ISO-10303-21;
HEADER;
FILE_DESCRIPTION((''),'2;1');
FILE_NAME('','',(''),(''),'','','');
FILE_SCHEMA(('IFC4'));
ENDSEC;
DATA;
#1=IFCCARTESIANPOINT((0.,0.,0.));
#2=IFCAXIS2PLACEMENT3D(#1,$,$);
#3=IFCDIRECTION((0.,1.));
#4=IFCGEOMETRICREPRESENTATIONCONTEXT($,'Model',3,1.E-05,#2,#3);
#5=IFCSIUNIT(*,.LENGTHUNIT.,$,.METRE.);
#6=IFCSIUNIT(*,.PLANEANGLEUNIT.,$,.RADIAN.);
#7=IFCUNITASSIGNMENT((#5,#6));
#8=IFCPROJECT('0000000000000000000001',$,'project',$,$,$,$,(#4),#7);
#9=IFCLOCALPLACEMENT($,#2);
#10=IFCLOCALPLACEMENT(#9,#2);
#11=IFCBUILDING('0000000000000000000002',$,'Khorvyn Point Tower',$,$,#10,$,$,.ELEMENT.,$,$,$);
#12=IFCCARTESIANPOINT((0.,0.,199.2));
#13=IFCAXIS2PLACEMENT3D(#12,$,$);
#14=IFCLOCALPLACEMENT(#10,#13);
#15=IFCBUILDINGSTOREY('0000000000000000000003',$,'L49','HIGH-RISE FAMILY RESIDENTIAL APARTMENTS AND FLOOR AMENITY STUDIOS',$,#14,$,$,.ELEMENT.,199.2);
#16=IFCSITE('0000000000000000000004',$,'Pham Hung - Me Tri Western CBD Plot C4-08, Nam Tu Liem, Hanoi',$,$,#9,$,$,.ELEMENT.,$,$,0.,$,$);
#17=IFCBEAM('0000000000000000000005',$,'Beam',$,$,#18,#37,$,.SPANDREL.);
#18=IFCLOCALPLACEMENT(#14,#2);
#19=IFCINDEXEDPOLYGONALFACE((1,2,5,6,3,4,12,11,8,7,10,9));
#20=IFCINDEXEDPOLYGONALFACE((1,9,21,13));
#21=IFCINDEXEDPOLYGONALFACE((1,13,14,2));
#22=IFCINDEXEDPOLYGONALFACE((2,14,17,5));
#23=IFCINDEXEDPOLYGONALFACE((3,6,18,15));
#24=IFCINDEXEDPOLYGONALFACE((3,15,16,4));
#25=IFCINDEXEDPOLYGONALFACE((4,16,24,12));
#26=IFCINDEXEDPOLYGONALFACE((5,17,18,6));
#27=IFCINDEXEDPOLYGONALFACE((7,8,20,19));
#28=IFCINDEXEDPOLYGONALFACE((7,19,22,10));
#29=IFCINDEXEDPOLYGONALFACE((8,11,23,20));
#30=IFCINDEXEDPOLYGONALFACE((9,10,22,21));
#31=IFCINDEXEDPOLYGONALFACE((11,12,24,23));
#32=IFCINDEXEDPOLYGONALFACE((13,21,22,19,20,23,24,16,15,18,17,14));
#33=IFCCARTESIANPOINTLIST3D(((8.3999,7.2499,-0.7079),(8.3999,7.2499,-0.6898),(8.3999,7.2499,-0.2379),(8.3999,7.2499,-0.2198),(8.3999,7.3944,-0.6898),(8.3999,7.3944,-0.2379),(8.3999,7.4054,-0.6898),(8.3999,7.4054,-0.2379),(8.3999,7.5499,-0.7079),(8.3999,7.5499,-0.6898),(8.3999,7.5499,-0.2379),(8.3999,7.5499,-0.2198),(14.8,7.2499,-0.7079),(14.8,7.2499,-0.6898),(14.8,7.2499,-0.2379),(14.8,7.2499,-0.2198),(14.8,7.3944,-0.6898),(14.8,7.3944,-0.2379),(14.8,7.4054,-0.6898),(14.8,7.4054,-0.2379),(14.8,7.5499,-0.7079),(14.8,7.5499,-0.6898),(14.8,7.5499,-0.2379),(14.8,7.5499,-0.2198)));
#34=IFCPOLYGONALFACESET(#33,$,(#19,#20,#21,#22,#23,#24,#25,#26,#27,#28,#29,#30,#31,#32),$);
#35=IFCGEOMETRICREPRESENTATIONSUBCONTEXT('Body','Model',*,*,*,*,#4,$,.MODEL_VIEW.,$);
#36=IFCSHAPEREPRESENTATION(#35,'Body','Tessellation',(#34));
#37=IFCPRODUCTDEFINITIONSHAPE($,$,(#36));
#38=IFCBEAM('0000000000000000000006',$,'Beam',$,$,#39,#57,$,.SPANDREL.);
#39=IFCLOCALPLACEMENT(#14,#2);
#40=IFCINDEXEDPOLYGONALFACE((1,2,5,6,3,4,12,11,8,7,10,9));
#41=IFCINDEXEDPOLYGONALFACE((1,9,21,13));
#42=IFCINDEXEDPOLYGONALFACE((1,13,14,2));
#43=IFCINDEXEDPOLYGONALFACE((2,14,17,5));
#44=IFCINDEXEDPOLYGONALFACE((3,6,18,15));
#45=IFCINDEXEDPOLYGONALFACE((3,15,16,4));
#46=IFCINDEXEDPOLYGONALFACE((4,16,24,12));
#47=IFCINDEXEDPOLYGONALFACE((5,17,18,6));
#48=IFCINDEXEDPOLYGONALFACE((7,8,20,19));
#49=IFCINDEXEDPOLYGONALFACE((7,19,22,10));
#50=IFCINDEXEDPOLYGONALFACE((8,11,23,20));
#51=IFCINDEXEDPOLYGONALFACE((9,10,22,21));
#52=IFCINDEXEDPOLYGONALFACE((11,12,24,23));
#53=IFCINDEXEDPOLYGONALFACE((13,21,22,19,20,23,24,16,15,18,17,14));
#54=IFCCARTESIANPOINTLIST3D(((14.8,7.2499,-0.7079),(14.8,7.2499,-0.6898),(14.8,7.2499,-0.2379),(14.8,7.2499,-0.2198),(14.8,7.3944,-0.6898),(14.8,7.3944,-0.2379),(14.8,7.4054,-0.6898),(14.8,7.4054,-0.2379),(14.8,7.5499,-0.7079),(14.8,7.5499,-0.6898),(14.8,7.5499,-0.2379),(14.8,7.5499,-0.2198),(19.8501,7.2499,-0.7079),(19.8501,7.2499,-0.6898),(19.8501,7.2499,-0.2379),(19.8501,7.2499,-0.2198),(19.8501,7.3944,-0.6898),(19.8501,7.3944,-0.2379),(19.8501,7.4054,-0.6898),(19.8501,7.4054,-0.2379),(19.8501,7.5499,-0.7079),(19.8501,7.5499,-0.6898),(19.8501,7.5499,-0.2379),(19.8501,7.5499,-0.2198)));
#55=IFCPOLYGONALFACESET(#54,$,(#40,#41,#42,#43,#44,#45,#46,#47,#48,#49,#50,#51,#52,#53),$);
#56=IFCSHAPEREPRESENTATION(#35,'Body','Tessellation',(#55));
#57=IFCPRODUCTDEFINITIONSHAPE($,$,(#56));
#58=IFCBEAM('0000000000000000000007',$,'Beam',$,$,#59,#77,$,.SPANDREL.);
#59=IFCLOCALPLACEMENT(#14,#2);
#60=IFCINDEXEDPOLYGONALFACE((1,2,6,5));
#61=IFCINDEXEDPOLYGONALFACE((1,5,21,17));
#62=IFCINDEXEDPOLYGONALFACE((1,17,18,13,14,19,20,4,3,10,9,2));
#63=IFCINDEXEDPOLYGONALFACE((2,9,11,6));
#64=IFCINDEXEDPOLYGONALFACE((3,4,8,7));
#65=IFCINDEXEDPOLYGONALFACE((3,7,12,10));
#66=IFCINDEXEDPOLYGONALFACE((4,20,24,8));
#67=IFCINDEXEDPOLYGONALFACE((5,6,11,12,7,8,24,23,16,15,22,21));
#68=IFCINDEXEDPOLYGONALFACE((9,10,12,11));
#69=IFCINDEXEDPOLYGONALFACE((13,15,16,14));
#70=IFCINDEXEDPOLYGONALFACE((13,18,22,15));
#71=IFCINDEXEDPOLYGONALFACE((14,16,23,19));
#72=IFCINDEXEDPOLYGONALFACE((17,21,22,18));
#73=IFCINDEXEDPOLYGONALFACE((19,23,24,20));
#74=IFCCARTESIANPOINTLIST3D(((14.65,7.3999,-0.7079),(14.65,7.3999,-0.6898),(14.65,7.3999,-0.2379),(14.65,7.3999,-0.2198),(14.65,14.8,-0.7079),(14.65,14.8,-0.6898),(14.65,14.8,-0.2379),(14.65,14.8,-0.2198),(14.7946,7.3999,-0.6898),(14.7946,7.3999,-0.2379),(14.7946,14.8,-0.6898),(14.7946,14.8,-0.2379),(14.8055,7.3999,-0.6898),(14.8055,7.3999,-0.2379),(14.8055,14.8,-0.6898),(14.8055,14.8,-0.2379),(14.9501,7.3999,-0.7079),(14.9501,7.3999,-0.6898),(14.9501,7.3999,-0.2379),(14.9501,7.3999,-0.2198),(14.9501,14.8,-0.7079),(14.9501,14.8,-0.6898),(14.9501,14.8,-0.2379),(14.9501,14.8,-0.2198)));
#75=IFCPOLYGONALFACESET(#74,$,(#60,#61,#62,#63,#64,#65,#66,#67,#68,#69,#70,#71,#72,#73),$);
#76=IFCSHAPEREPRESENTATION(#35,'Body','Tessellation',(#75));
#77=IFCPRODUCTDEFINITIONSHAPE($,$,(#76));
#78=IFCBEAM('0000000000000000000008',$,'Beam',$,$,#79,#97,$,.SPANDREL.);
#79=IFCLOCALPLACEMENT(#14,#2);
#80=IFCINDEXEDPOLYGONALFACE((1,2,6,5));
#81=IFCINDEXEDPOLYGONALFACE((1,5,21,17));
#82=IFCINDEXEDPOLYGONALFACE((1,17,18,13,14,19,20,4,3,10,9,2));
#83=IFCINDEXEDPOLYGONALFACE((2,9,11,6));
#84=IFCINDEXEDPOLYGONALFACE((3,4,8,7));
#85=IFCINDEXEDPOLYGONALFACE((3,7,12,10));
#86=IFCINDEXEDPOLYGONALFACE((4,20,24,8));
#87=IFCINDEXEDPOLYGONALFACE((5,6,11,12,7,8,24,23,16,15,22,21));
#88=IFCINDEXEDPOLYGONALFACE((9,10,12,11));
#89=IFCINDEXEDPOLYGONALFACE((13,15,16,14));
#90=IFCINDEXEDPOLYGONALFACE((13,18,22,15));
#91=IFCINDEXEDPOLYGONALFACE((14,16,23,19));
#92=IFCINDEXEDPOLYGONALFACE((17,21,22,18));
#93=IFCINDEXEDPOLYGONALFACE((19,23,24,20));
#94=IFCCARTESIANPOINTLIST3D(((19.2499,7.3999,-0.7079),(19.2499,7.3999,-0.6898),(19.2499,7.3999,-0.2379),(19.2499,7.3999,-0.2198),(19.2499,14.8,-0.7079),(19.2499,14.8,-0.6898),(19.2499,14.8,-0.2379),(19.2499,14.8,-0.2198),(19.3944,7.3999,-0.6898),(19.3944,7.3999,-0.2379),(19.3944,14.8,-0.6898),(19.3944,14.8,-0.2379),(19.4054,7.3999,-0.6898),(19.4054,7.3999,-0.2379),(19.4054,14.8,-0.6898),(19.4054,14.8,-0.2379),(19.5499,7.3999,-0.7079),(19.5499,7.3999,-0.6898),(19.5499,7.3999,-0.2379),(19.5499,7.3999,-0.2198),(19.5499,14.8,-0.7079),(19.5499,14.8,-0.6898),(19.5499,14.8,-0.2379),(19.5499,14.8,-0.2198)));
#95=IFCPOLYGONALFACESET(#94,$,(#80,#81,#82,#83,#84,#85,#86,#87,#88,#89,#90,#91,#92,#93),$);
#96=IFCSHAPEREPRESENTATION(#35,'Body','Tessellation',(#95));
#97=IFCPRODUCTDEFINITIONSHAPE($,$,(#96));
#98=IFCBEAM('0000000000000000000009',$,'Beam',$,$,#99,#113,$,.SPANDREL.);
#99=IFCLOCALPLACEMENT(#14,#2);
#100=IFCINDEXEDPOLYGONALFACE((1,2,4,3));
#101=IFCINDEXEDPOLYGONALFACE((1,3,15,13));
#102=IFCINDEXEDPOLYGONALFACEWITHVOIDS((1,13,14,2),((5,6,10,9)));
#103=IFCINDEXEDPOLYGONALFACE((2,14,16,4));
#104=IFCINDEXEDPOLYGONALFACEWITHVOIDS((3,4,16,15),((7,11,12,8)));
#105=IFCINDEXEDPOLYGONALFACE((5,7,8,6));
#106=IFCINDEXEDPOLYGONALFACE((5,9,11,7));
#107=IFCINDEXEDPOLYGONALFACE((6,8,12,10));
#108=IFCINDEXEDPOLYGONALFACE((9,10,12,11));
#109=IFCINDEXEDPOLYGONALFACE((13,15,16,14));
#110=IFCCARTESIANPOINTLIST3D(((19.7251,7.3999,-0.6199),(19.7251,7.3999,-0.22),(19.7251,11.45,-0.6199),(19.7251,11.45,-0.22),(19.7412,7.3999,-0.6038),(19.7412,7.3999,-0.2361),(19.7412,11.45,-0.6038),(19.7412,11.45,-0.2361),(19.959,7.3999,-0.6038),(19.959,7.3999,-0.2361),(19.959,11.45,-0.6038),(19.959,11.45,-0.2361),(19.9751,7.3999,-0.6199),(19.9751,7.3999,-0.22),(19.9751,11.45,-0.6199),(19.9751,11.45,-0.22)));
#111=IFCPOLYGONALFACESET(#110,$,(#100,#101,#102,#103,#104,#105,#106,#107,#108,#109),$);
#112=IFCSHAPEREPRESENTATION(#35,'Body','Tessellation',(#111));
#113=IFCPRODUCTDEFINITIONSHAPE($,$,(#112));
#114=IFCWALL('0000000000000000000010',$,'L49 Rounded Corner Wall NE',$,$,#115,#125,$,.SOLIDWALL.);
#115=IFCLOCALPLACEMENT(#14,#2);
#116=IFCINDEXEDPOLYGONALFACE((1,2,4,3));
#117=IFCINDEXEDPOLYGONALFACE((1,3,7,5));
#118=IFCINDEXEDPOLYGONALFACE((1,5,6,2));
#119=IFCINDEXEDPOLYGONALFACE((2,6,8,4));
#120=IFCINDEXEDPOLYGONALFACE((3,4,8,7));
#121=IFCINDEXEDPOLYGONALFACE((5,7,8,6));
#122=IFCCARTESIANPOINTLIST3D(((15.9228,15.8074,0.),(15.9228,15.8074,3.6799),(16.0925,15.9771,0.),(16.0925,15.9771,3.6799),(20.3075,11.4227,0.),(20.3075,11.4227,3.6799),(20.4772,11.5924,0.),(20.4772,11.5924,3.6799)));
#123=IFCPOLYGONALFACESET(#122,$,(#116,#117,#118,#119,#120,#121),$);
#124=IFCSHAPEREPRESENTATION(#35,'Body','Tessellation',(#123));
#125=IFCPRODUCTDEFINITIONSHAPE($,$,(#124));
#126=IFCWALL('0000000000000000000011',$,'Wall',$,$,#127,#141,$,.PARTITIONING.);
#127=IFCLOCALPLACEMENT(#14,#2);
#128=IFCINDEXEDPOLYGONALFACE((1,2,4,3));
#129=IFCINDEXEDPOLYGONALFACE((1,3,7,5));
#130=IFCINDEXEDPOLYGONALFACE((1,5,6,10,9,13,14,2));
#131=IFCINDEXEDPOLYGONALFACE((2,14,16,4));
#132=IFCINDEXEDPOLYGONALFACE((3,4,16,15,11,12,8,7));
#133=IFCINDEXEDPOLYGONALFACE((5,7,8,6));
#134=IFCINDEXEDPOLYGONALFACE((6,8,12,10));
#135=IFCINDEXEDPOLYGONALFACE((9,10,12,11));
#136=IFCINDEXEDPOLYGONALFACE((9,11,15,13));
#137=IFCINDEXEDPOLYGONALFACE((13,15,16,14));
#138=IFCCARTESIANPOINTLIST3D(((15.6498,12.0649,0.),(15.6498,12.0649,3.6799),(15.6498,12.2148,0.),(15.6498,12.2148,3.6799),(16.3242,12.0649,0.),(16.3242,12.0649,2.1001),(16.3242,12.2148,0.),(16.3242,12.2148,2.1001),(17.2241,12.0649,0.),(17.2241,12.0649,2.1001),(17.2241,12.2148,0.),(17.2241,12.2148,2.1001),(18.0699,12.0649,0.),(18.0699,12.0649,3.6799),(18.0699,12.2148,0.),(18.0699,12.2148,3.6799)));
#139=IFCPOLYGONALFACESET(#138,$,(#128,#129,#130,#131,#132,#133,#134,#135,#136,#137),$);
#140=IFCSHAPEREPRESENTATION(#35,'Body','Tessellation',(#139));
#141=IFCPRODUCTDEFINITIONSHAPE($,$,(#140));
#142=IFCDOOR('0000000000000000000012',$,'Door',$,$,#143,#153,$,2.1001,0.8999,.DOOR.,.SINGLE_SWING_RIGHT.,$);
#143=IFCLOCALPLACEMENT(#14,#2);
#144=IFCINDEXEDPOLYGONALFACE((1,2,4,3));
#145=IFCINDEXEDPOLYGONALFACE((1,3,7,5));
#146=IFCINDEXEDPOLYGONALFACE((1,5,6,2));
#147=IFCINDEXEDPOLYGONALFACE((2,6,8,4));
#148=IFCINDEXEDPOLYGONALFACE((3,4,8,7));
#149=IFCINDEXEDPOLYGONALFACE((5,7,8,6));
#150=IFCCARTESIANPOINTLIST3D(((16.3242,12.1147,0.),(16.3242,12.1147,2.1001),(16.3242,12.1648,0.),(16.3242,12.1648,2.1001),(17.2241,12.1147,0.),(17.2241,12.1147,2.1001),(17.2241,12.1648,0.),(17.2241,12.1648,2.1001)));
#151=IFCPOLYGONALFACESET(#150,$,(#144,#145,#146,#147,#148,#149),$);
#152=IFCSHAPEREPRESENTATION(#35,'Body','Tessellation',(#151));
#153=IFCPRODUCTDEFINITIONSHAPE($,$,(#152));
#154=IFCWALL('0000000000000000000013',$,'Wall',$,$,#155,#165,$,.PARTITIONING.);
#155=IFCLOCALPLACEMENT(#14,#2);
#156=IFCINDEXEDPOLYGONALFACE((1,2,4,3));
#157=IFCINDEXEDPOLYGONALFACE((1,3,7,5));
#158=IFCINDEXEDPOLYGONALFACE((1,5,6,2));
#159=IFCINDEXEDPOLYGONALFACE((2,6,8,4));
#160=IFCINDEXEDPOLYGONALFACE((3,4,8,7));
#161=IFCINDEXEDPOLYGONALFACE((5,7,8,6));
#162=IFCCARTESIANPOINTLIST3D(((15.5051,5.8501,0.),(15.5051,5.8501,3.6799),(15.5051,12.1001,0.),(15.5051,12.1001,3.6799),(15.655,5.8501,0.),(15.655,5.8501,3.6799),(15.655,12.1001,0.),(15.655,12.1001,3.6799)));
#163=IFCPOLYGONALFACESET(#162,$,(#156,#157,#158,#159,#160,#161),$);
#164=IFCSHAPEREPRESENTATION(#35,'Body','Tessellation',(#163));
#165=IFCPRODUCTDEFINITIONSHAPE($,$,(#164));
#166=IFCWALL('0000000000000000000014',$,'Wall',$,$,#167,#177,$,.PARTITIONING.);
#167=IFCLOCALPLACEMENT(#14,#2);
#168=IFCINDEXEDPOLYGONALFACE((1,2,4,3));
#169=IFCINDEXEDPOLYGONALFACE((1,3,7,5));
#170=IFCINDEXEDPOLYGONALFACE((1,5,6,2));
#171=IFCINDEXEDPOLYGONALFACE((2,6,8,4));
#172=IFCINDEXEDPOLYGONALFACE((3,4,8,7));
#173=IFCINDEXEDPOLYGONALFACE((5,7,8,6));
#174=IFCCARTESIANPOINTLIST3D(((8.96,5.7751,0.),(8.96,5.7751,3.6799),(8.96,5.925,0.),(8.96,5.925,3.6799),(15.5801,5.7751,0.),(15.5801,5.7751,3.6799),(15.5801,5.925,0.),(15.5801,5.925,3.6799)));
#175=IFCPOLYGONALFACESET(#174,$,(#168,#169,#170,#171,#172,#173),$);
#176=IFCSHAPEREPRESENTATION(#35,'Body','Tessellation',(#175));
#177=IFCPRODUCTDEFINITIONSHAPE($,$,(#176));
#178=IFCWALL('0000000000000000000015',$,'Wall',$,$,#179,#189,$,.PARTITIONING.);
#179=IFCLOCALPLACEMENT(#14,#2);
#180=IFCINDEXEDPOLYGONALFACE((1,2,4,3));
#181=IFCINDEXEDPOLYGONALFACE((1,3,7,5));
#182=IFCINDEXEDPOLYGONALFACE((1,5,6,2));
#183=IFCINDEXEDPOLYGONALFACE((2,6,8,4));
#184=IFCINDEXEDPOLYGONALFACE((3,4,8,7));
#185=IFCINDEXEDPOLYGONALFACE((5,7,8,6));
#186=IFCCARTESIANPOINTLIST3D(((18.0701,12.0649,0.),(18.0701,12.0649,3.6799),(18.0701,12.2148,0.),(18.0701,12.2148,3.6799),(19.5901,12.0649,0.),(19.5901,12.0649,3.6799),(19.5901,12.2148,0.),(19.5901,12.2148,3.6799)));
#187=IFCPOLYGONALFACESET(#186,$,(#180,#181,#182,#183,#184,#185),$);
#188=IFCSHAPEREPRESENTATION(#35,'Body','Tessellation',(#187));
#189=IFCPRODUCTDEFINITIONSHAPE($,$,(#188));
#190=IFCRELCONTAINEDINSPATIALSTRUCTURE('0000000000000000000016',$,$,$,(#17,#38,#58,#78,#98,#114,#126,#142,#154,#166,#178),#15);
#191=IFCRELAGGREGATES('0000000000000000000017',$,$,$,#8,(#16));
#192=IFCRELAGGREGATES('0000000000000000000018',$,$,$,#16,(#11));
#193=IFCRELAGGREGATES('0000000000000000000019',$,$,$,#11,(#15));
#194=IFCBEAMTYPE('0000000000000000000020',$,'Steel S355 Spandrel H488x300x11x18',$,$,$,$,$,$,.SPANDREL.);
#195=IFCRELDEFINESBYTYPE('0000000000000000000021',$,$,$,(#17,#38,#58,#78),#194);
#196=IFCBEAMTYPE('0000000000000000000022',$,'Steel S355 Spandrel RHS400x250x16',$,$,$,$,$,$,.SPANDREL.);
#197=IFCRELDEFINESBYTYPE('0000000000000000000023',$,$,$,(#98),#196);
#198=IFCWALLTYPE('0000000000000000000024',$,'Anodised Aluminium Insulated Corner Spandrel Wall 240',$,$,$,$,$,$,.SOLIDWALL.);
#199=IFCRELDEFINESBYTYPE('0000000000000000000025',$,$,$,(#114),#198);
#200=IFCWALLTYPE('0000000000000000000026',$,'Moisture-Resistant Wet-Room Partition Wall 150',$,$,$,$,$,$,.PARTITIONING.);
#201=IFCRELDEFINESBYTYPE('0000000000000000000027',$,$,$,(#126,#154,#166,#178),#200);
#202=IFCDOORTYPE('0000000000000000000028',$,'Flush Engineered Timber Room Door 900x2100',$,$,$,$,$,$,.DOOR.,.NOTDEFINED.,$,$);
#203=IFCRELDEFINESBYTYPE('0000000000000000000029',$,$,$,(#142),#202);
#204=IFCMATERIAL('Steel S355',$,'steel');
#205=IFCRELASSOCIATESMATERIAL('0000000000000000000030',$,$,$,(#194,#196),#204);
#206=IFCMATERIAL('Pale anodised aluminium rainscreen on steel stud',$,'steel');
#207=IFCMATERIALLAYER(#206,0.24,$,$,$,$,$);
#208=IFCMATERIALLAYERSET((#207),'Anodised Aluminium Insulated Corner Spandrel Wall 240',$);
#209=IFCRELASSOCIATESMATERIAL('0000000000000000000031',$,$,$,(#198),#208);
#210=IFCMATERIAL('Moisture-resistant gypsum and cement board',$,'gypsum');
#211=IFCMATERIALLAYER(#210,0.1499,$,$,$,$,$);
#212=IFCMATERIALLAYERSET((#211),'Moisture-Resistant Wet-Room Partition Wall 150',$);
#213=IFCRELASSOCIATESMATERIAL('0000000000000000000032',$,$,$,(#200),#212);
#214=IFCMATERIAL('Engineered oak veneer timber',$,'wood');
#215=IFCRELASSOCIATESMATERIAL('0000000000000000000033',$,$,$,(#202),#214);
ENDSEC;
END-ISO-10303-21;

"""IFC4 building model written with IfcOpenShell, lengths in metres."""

from ifc_helpers import new_model, si_unit, direction, frame, frame_2d, origin, origin_2d, place, context, subcontext, project, spatial, rectangle, hollow_rectangle, i_section, extrude, material, layer, layer_set, material_profile, profile_set, type_object, element, fill, save


model = new_model("IFC4")

# Units and contexts
model_context = context("Model", 3, precision=1e-05, world=origin(), true_north=direction((0.0, 1.0)))
body_context = subcontext(model_context, "Body", "Model", "MODEL_VIEW")
ifc_project = project(units=[si_unit("LENGTHUNIT", "METRE"), si_unit("PLANEANGLEUNIT", "RADIAN")], contexts=[model_context])

# Site, building, storey
site_placement = place(None, origin())
site = spatial("IfcSite", under=ifc_project, at=site_placement, Name="Pham Hung - Me Tri Western CBD Plot C4-08, Nam Tu Liem, Hanoi", CompositionType="ELEMENT", RefElevation=0.0)
building_placement = place(site_placement, origin())
building = spatial("IfcBuilding", under=site, at=building_placement, Name="Khorvyn Point Tower", CompositionType="ELEMENT")
storey_placement = place(building_placement, frame((0.0, 0.0, 199.2)))
storey = spatial("IfcBuildingStorey", under=building, at=storey_placement, Name="L49", Description="HIGH-RISE FAMILY RESIDENTIAL APARTMENTS AND FLOOR AMENITY STUDIOS", CompositionType="ELEMENT", Elevation=199.2)

# Beams
ifc_material_1 = material(Name="Steel S355", Category="steel")
ifc_material_profile_1 = material_profile(ifc_material_1, i_section(OverallWidth=0.3, OverallDepth=0.488, WebThickness=0.011, FlangeThickness=0.0181, at=origin_2d()))
ifc_profile_set_1 = profile_set([ifc_material_profile_1], Name="Steel S355 H488x300x11x18")
beam_type_1 = type_object("IfcBeamType", Name="Steel S355 Spandrel H488x300x11x18", PredefinedType="SPANDREL", material=ifc_profile_set_1)
beam_1_placement = place(storey_placement, frame((8.3999, 7.3999, -0.4639), z_axis=(1.0, 0.0, 0.0), x_axis=(0.0, 1.0, 0.0)))
element("IfcBeam", 1, at=beam_1_placement, inside=storey, type_object=beam_type_1, Name="Beam", PredefinedType="SPANDREL", context=body_context, shape_type="SweptSolid", body=[
    extrude(i_section(OverallWidth=0.3, OverallDepth=0.488, WebThickness=0.011, FlangeThickness=0.0181, at=origin_2d()), origin(), (0.0, 0.0, 1.0), 6.4001),
])
beam_2_placement = place(storey_placement, frame((14.8, 7.3999, -0.4639), z_axis=(1.0, 0.0, 0.0), x_axis=(0.0, 1.0, 0.0)))
element("IfcBeam", 2, at=beam_2_placement, inside=storey, type_object=beam_type_1, Name="Beam", PredefinedType="SPANDREL", context=body_context, shape_type="SweptSolid", body=[
    extrude(i_section(OverallWidth=0.3, OverallDepth=0.488, WebThickness=0.011, FlangeThickness=0.0181, at=origin_2d()), origin(), (0.0, 0.0, 1.0), 5.05),
])
for number, where, z_axis, x_axis, name in (
    (3, (14.8, 7.3999, -0.4639), (0.0, 1.0, 0.0), (-1.0, 0.0, 0.0), "Beam"),
    (4, (19.3999, 7.3999, -0.4639), (0.0, 1.0, 0.0), (-1.0, 0.0, 0.0), "Beam"),
):
    element("IfcBeam", number, at=place(storey_placement, frame(where, z_axis=z_axis, x_axis=x_axis)), inside=storey, type_object=beam_type_1, Name=name, PredefinedType="SPANDREL", context=body_context, shape_type="SweptSolid", body=[
        extrude(i_section(OverallWidth=0.3, OverallDepth=0.488, WebThickness=0.011, FlangeThickness=0.0181, at=origin_2d()), origin(), (0.0, 0.0, 1.0), 7.4001),
    ])
ifc_material_profile_2 = material_profile(ifc_material_1, hollow_rectangle(XDim=0.25, YDim=0.3999, WallThickness=0.0161, at=origin_2d()))
ifc_profile_set_2 = profile_set([ifc_material_profile_2], Name="Steel S355 RHS400x250x16")
beam_type_2 = type_object("IfcBeamType", Name="Steel S355 Spandrel RHS400x250x16", PredefinedType="SPANDREL", material=ifc_profile_set_2)
beam_3_placement = place(storey_placement, frame((19.8501, 7.3999, -0.4199), z_axis=(0.0, 1.0, 0.0), x_axis=(-1.0, 0.0, 0.0)))
element("IfcBeam", 5, at=beam_3_placement, inside=storey, type_object=beam_type_2, Name="Beam", PredefinedType="SPANDREL", context=body_context, shape_type="SweptSolid", body=[
    extrude(hollow_rectangle(XDim=0.25, YDim=0.3999, WallThickness=0.0161, at=origin_2d()), origin(), (0.0, 0.0, 1.0), 4.05),
])

# Wall
ifc_material_2 = material(Name="Pale anodised aluminium rainscreen on steel stud", Category="steel")
ifc_layer_1 = layer(ifc_material_2, 0.24)
ifc_layer_set_1 = layer_set([ifc_layer_1], Name="Anodised Aluminium Insulated Corner Spandrel Wall 240")
wall_type_1 = type_object("IfcWallType", Name="Anodised Aluminium Insulated Corner Spandrel Wall 240", PredefinedType="SOLIDWALL", material=ifc_layer_set_1)
wall_1_placement = place(storey_placement, frame((16.0076, 15.8923, 0.0), z_axis=(0.0, 0.0, 1.0), x_axis=(0.707107, -0.707107, 0.0)))
element("IfcWall", 6, at=wall_1_placement, inside=storey, type_object=wall_type_1, Name="L49 Rounded Corner Wall NE", PredefinedType="SOLIDWALL", context=body_context, shape_type="SweptSolid", body=[
    extrude(rectangle(XDim=6.2009, YDim=0.24, at=frame_2d((3.1006, 0.0))), origin(), (0.0, 0.0, 1.0), 3.6799),
])

# Wall, opening, door
ifc_material_3 = material(Name="Moisture-resistant gypsum and cement board", Category="gypsum")
ifc_layer_2 = layer(ifc_material_3, 0.1499)
ifc_layer_set_2 = layer_set([ifc_layer_2], Name="Moisture-Resistant Wet-Room Partition Wall 150")
wall_type_2 = type_object("IfcWallType", Name="Moisture-Resistant Wet-Room Partition Wall 150", PredefinedType="PARTITIONING", material=ifc_layer_set_2)
wall_2_placement = place(storey_placement, frame((15.6499, 12.1399, 0.0), z_axis=(0.0, 0.0, 1.0), x_axis=(1.0, 0.0, 0.0)))
wall_2 = element("IfcWall", 7, at=wall_2_placement, inside=storey, type_object=wall_type_2, Name="Wall", PredefinedType="PARTITIONING", context=body_context, shape_type="SweptSolid", body=[
    extrude(rectangle(XDim=2.4202, YDim=0.1499, at=frame_2d((1.21, 0.0))), origin(), (0.0, 0.0, 1.0), 3.6799),
])
opening_placement = place(wall_2_placement, frame((0.6743, 0.0, 0.0)))
opening = element("IfcOpeningElement", 8, at=opening_placement, cuts=wall_2, PredefinedType="OPENING", context=body_context, shape_type="SweptSolid", body=[
    extrude(rectangle(XDim=0.8999, YDim=2.1001, at=frame_2d((0.45, 1.05))), frame((0.0, 0.085, 0.0), z_axis=(0.0, -1.0, 0.0), x_axis=(1.0, 0.0, 0.0)), (0.0, 0.0, 1.0), 0.1699),
])
ifc_material_4 = material(Name="Engineered oak veneer timber", Category="wood")
door_type = type_object("IfcDoorType", Name="Flush Engineered Timber Room Door 900x2100", OperationType="NOTDEFINED", PredefinedType="DOOR", material=ifc_material_4)
door_placement = place(opening_placement, origin())
door = element("IfcDoor", 9, at=door_placement, inside=storey, type_object=door_type, Name="Door", OperationType="SINGLE_SWING_RIGHT", OverallHeight=2.1001, OverallWidth=0.8999, PredefinedType="DOOR", context=body_context, shape_type="SweptSolid", body=[
    extrude(rectangle(XDim=0.8999, YDim=2.1001, at=frame_2d((0.45, 1.05))), frame((0.0, 0.0249, 0.0), z_axis=(0.0, -1.0, 0.0), x_axis=(1.0, 0.0, 0.0)), (0.0, 0.0, 1.0), 0.05),
])
fill(opening, door)

# Walls
wall_3_placement = place(storey_placement, frame((15.5801, 5.8501, 0.0), z_axis=(0.0, 0.0, 1.0), x_axis=(0.0, 1.0, 0.0)))
element("IfcWall", 10, at=wall_3_placement, inside=storey, type_object=wall_type_2, Name="Wall", PredefinedType="PARTITIONING", context=body_context, shape_type="SweptSolid", body=[
    extrude(rectangle(XDim=6.25, YDim=0.1499, at=frame_2d((3.125, 0.0))), origin(), (0.0, 0.0, 1.0), 3.6799),
])
wall_4_placement = place(storey_placement, frame((8.96, 5.8501, 0.0), z_axis=(0.0, 0.0, 1.0), x_axis=(1.0, 0.0, 0.0)))
element("IfcWall", 11, at=wall_4_placement, inside=storey, type_object=wall_type_2, Name="Wall", PredefinedType="PARTITIONING", context=body_context, shape_type="SweptSolid", body=[
    extrude(rectangle(XDim=6.6201, YDim=0.1499, at=frame_2d((3.3101, 0.0))), origin(), (0.0, 0.0, 1.0), 3.6799),
])
wall_5_placement = place(storey_placement, frame((18.0701, 12.1399, 0.0), z_axis=(0.0, 0.0, 1.0), x_axis=(1.0, 0.0, 0.0)))
element("IfcWall", 12, at=wall_5_placement, inside=storey, type_object=wall_type_2, Name="Wall", PredefinedType="PARTITIONING", context=body_context, shape_type="SweptSolid", body=[
    extrude(rectangle(XDim=1.52, YDim=0.1499, at=frame_2d((0.76, 0.0))), origin(), (0.0, 0.0, 1.0), 3.6799),
])

save(model, "model.ifc")
